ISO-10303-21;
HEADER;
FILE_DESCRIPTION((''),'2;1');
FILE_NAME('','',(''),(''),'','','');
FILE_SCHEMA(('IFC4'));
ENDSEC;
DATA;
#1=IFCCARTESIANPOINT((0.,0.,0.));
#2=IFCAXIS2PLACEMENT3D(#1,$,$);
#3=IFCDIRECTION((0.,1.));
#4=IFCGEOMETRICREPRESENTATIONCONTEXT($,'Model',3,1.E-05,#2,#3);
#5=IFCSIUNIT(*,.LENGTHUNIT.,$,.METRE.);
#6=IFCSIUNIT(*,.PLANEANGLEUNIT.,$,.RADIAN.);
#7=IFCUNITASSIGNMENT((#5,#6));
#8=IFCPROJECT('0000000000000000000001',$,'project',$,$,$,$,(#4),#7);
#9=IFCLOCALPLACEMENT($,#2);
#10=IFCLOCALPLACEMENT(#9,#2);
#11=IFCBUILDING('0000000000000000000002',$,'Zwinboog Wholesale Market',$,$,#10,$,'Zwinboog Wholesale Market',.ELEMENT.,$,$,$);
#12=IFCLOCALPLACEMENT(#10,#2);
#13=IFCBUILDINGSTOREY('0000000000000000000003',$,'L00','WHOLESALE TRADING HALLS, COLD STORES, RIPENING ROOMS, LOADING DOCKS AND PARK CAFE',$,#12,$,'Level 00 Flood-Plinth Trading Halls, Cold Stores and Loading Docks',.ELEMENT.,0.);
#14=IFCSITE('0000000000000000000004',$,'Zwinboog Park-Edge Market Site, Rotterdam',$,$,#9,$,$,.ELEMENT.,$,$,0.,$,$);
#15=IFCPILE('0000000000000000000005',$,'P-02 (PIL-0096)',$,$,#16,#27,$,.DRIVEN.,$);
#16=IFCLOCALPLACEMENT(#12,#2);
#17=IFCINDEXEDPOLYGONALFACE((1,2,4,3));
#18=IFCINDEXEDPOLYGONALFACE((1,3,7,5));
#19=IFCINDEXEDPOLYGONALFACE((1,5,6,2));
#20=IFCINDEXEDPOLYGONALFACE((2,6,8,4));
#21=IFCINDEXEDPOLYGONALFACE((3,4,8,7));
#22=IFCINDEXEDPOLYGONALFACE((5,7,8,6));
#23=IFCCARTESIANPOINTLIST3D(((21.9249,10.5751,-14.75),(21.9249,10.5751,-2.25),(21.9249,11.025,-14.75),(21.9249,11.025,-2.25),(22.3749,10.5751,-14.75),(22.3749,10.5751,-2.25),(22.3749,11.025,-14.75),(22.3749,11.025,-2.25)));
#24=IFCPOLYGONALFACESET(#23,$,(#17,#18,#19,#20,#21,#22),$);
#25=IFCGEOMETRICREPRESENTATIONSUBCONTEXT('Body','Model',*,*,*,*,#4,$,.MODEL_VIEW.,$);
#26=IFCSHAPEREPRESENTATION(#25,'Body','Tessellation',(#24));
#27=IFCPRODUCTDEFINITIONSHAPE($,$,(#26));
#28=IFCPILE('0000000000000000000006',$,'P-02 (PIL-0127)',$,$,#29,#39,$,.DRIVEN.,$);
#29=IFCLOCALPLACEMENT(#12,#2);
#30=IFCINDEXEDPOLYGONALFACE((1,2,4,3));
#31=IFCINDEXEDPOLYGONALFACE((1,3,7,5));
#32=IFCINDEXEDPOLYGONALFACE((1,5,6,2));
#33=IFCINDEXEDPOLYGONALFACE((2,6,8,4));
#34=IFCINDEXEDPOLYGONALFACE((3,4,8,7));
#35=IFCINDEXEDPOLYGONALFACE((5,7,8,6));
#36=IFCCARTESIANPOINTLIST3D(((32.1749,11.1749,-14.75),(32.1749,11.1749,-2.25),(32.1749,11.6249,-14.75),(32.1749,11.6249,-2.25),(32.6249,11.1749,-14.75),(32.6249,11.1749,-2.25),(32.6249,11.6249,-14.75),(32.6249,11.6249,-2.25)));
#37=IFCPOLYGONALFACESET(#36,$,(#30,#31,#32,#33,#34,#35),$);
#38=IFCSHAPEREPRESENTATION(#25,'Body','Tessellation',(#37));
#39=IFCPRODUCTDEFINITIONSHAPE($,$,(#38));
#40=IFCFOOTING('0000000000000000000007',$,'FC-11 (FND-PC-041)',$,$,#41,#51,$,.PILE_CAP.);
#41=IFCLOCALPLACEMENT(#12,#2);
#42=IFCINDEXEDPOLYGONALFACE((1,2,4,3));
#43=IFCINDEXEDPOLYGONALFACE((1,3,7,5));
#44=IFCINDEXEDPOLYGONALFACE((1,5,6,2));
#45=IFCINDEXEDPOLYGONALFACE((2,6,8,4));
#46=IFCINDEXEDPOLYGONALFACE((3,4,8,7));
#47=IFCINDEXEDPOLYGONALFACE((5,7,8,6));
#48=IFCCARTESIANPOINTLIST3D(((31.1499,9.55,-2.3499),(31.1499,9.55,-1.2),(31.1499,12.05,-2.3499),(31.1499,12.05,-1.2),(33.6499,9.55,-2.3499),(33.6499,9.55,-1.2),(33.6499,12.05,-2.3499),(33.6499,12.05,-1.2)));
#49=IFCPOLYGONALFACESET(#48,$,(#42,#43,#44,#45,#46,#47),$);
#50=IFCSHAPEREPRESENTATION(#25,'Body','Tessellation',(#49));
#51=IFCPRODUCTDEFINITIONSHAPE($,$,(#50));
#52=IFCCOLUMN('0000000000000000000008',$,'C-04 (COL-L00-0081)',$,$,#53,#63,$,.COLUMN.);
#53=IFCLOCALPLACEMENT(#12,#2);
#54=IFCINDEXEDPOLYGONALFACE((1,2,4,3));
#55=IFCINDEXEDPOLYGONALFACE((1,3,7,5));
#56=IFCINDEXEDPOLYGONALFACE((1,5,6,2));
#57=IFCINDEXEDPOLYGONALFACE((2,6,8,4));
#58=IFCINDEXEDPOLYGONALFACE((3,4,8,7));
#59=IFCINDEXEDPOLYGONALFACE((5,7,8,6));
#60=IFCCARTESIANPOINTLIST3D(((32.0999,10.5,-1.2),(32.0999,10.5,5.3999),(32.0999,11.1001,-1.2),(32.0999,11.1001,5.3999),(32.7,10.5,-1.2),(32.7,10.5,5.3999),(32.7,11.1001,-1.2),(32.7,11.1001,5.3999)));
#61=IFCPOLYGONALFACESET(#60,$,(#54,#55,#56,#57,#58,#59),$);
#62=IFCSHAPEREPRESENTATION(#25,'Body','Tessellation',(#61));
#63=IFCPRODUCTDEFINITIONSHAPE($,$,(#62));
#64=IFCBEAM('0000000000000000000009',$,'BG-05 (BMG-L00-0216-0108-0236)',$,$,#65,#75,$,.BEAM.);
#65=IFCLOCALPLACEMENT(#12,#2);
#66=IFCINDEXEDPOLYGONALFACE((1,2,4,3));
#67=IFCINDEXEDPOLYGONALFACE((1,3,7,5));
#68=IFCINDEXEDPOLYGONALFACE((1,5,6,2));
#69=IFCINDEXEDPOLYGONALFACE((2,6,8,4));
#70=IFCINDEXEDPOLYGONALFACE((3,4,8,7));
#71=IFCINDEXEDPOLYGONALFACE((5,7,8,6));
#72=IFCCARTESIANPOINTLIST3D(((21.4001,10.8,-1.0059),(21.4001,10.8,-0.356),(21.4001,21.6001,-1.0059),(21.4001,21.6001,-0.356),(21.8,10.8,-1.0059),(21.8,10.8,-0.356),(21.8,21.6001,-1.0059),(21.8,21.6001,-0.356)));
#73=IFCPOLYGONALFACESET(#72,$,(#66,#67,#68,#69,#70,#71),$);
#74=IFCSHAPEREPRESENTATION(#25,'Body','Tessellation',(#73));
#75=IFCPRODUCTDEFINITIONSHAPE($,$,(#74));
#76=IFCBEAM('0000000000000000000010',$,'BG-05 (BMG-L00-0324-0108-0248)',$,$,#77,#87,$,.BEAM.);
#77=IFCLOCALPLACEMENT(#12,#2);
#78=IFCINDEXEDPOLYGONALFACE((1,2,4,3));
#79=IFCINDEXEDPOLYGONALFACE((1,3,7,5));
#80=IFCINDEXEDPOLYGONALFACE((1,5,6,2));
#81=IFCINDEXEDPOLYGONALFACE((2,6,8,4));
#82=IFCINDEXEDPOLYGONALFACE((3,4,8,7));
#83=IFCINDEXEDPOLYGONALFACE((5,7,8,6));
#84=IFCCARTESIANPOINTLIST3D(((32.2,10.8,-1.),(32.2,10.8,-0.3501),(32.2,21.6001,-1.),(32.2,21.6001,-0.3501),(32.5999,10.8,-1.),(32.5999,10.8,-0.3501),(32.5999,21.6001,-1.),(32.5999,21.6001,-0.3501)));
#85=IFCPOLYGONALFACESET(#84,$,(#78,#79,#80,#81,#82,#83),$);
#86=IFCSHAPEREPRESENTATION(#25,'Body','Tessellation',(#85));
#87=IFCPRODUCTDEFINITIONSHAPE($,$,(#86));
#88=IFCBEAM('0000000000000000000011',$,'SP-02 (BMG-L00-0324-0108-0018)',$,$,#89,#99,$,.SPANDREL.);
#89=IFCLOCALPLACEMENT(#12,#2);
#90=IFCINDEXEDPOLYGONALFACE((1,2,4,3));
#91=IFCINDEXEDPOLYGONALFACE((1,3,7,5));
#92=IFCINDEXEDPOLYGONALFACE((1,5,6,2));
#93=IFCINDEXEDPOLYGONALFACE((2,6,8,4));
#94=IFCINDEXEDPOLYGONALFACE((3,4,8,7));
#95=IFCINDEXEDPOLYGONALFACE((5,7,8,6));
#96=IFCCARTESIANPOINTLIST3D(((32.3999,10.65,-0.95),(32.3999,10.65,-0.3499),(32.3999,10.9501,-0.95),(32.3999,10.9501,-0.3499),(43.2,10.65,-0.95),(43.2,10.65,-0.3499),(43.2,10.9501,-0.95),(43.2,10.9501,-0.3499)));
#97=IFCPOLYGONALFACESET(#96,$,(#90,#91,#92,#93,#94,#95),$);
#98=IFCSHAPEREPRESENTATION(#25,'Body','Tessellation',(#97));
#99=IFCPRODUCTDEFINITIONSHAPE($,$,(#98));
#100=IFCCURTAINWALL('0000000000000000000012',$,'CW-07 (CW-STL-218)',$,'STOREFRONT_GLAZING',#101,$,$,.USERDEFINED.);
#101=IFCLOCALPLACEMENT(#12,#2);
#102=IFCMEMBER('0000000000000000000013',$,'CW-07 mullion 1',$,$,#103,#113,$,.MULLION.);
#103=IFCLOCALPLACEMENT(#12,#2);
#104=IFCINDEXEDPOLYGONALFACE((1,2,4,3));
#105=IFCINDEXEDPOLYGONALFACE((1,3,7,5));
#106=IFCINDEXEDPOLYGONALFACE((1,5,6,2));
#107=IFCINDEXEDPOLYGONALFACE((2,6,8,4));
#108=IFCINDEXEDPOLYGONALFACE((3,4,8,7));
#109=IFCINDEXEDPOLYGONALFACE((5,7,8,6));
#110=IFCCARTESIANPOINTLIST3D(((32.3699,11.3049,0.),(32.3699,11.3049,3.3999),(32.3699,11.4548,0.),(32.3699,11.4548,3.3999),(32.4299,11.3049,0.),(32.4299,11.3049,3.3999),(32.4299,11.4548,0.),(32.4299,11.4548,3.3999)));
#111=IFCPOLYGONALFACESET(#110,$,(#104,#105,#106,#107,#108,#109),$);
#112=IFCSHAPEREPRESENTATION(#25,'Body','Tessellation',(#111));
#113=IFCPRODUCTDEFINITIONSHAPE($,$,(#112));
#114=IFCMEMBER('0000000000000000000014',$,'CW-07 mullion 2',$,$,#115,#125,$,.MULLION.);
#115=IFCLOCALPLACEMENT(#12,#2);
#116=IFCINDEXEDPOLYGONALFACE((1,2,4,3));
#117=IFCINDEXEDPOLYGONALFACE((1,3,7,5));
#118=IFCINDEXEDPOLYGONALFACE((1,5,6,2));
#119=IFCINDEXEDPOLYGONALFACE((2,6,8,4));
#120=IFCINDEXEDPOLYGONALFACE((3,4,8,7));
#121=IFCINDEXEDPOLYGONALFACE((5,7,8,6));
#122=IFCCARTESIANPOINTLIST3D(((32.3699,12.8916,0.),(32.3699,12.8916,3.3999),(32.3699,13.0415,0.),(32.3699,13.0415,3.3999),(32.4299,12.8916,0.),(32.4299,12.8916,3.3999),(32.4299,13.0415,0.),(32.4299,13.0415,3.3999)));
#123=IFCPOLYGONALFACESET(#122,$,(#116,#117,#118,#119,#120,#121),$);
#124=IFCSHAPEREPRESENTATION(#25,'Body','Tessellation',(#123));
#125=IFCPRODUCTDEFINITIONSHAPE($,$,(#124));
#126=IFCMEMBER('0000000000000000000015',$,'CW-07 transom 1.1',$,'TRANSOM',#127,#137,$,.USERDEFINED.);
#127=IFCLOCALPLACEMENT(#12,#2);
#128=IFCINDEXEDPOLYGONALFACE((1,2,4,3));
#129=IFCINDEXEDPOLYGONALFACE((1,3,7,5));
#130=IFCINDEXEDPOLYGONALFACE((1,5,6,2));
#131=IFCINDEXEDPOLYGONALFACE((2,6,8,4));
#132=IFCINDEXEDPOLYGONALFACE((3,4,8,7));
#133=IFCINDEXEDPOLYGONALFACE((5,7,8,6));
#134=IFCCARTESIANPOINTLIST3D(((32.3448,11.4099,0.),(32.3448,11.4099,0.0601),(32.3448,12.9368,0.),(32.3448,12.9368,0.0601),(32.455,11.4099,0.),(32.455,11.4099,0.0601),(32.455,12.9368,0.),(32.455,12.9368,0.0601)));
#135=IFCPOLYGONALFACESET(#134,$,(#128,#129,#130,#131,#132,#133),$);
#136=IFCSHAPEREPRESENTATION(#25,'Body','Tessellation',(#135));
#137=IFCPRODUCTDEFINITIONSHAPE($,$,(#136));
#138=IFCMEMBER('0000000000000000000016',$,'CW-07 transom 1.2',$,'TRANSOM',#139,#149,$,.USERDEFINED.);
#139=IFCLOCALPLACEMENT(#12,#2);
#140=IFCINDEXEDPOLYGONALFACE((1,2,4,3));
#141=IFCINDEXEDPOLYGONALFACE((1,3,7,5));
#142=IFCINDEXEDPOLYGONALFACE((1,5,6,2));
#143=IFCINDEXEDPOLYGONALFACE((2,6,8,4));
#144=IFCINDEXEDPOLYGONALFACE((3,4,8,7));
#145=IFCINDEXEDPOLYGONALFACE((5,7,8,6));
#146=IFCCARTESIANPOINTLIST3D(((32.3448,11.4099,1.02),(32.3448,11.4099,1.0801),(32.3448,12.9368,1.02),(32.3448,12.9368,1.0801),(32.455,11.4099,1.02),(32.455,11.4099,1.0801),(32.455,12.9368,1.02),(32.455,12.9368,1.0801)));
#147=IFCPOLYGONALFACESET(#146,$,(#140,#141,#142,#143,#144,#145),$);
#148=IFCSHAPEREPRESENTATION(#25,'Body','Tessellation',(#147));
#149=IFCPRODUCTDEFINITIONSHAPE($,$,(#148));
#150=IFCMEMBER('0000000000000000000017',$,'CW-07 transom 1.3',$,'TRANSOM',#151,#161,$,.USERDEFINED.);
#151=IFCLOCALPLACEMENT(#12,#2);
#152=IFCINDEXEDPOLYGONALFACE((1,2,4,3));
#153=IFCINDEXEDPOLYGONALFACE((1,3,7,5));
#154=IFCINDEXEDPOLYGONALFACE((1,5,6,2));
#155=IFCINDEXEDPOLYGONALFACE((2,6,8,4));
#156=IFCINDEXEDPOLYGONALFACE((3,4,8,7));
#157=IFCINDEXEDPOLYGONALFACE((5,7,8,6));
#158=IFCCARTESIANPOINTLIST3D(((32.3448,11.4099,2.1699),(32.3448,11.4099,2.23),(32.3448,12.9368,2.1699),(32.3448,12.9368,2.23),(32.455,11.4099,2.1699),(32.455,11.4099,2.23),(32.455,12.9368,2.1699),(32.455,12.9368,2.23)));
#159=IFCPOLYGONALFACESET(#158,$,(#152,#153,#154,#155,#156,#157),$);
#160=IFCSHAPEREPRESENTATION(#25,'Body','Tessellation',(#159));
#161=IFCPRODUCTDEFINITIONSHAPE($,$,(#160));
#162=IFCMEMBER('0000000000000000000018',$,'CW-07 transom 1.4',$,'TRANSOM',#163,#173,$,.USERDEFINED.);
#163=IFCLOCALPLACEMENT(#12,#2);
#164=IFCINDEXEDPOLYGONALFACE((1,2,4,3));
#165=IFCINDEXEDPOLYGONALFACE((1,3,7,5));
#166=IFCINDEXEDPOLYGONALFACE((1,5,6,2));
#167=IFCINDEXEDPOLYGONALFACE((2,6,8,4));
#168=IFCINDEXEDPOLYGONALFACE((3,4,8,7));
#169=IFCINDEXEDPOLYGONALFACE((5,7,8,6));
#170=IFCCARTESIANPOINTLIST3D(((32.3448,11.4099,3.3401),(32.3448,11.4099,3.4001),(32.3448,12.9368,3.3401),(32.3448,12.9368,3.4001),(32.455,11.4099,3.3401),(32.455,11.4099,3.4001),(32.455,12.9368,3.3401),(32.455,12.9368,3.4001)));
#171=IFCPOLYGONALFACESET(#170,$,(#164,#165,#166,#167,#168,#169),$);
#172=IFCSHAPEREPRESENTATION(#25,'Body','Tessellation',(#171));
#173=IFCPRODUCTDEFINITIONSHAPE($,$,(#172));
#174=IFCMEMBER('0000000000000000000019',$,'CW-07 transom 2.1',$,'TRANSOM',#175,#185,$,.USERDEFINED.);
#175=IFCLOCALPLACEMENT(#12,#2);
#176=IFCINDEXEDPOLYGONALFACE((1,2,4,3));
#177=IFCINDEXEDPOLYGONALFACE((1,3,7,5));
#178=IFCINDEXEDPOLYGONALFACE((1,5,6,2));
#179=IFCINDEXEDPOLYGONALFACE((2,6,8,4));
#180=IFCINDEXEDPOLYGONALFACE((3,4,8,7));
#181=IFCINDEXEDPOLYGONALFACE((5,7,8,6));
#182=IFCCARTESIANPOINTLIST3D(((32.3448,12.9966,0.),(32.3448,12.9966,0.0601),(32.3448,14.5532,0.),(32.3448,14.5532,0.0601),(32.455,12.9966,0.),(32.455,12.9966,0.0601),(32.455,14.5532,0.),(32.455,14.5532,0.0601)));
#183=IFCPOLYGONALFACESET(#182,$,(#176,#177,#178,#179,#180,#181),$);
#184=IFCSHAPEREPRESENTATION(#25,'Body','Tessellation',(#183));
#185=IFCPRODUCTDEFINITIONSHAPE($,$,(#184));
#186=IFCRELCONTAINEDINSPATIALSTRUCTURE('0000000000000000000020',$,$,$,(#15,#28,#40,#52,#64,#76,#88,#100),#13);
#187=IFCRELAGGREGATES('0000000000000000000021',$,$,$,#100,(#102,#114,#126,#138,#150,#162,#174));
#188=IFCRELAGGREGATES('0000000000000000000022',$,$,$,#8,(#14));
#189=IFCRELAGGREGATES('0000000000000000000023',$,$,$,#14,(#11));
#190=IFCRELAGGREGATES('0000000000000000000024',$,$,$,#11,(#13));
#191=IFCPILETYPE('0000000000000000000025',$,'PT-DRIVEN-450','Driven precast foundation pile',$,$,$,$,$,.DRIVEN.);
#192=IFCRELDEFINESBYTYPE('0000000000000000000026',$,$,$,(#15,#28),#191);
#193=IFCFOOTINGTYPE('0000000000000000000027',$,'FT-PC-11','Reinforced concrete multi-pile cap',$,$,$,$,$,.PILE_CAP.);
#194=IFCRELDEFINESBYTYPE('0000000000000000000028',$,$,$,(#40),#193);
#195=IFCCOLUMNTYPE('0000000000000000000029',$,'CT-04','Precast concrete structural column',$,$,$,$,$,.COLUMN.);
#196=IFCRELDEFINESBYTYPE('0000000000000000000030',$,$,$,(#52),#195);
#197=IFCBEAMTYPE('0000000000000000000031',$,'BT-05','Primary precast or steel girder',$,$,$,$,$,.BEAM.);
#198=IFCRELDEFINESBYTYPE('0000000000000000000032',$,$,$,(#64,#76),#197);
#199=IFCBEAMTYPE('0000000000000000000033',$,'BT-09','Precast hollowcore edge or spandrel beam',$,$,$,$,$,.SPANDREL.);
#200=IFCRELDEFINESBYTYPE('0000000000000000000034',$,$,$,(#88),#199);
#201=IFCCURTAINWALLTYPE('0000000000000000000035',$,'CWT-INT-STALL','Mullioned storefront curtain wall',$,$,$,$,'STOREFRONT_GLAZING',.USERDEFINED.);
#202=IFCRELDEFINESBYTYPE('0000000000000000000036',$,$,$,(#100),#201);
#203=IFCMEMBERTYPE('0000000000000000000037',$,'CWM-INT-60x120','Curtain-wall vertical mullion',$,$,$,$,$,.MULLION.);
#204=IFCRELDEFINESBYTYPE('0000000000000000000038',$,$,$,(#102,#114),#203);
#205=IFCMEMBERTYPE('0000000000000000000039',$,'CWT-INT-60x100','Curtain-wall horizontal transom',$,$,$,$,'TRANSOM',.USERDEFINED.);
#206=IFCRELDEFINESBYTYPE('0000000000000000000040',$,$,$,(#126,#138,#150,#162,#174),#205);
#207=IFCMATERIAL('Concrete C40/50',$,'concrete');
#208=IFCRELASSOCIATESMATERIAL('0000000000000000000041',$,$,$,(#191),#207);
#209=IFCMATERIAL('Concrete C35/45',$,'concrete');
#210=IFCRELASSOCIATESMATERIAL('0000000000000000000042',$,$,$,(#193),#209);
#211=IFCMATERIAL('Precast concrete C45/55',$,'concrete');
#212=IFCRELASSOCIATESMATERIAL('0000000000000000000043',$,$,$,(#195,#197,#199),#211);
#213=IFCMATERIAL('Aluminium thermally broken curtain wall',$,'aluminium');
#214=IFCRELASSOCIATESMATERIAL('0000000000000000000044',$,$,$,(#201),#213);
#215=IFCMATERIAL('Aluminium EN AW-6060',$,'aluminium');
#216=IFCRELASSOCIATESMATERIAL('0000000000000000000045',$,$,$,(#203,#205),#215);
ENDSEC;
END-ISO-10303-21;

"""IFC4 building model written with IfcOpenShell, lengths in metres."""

from ifc_helpers import new_model, si_unit, direction, frame, origin, origin_2d, place, context, subcontext, project, spatial, rectangle, extrude, material, material_profile, profile_set, type_object, element, aggregate, save


model = new_model("IFC4")

# Units and contexts
model_context = context("Model", 3, precision=1e-05, world=origin(), true_north=direction((0.0, 1.0)))
body_context = subcontext(model_context, "Body", "Model", "MODEL_VIEW")
ifc_project = project(units=[si_unit("LENGTHUNIT", "METRE"), si_unit("PLANEANGLEUNIT", "RADIAN")], contexts=[model_context])

# Site, building, storey
site_placement = place(None, origin())
site = spatial("IfcSite", under=ifc_project, at=site_placement, Name="Zwinboog Park-Edge Market Site, Rotterdam", CompositionType="ELEMENT", RefElevation=0.0)
building_placement = place(site_placement, origin())
building = spatial("IfcBuilding", under=site, at=building_placement, Name="Zwinboog Wholesale Market", LongName="Zwinboog Wholesale Market", CompositionType="ELEMENT")
storey_placement = place(building_placement, origin())
storey = spatial("IfcBuildingStorey", under=building, at=storey_placement, Name="L00", Description="WHOLESALE TRADING HALLS, COLD STORES, RIPENING ROOMS, LOADING DOCKS AND PARK CAFE", LongName="Level 00 Flood-Plinth Trading Halls, Cold Stores and Loading Docks", CompositionType="ELEMENT", Elevation=0.0)

# Piles
ifc_material_1 = material(Name="Concrete C40/50", Category="concrete")
ifc_material_profile_1 = material_profile(ifc_material_1, rectangle(XDim=0.45, YDim=0.45, at=origin_2d()), Name="PILE SQ450")
ifc_profile_set_1 = profile_set([ifc_material_profile_1], Name="Concrete C40/50")
pile_type = type_object("IfcPileType", Name="PT-DRIVEN-450", Description="Driven precast foundation pile", PredefinedType="DRIVEN", material=ifc_profile_set_1)
for number, where, z_axis, x_axis, name in (
    (1, (22.1499, 10.8, -2.25), (0.0, 0.0, -1.0), (1.0, 0.0, 0.0), "P-02 (PIL-0096)"),
    (2, (32.3999, 11.3999, -2.25), (0.0, 0.0, -1.0), (1.0, 0.0, 0.0), "P-02 (PIL-0127)"),
):
    element("IfcPile", number, at=place(storey_placement, frame(where, z_axis=z_axis, x_axis=x_axis)), inside=storey, type_object=pile_type, Name=name, PredefinedType="DRIVEN", context=body_context, shape_type="SweptSolid", body=[
        extrude(rectangle(XDim=0.45, YDim=0.45, at=origin_2d()), origin(), (0.0, 0.0, 1.0), 12.5),
    ])

# Footing
ifc_material_2 = material(Name="Concrete C35/45", Category="concrete")
footing_type = type_object("IfcFootingType", Name="FT-PC-11", Description="Reinforced concrete multi-pile cap", PredefinedType="PILE_CAP", material=ifc_material_2)
footing_placement = place(storey_placement, frame((32.3999, 10.8, -2.3499), z_axis=(0.0, 0.0, 1.0), x_axis=(1.0, 0.0, 0.0)))
element("IfcFooting", 3, at=footing_placement, inside=storey, type_object=footing_type, Name="FC-11 (FND-PC-041)", PredefinedType="PILE_CAP", context=body_context, shape_type="SweptSolid", body=[
    extrude(rectangle(XDim=2.5, YDim=2.5, at=origin_2d()), origin(), (0.0, 0.0, 1.0), 1.1499),
])

# Column
ifc_material_3 = material(Name="Precast concrete C45/55", Category="concrete")
ifc_material_profile_2 = material_profile(ifc_material_3, rectangle(XDim=0.6001, YDim=0.6001, at=origin_2d()), Name="PC 600x600")
ifc_profile_set_2 = profile_set([ifc_material_profile_2], Name="Precast concrete C45/55")
column_type = type_object("IfcColumnType", Name="CT-04", Description="Precast concrete structural column", PredefinedType="COLUMN", material=ifc_profile_set_2)
column_placement = place(storey_placement, frame((32.3999, 10.8, -1.2), z_axis=(0.0, 0.0, 1.0), x_axis=(1.0, 0.0, 0.0)))
element("IfcColumn", 4, at=column_placement, inside=storey, type_object=column_type, Name="C-04 (COL-L00-0081)", PredefinedType="COLUMN", context=body_context, shape_type="SweptSolid", body=[
    extrude(rectangle(XDim=0.6001, YDim=0.6001, at=origin_2d()), origin(), (0.0, 0.0, 1.0), 6.5999),
])

# Beams
ifc_material_profile_3 = material_profile(ifc_material_3, rectangle(XDim=0.3999, YDim=0.6499, at=origin_2d()), Name="PC 400x650")
ifc_profile_set_3 = profile_set([ifc_material_profile_3], Name="Precast concrete C45/55")
beam_type_1 = type_object("IfcBeamType", Name="BT-05", Description="Primary precast or steel girder", PredefinedType="BEAM", material=ifc_profile_set_3)
for number, where, z_axis, x_axis, name in (
    (5, (21.6001, 10.8, -0.6809), (0.0, 1.0, 0.0), (-1.0, 0.0, 0.0), "BG-05 (BMG-L00-0216-0108-0236)"),
    (6, (32.3999, 10.8, -0.675), (0.0, 1.0, 0.0), (-1.0, 0.0, 0.0), "BG-05 (BMG-L00-0324-0108-0248)"),
):
    element("IfcBeam", number, at=place(storey_placement, frame(where, z_axis=z_axis, x_axis=x_axis)), inside=storey, type_object=beam_type_1, Name=name, PredefinedType="BEAM", context=body_context, shape_type="SweptSolid", body=[
        extrude(rectangle(XDim=0.3999, YDim=0.6499, at=origin_2d()), origin(), (0.0, 0.0, 1.0), 10.8),
    ])
ifc_material_profile_4 = material_profile(ifc_material_3, rectangle(XDim=0.3, YDim=0.6001, at=origin_2d()), Name="PC 300x600")
ifc_profile_set_4 = profile_set([ifc_material_profile_4], Name="Precast concrete C45/55")
beam_type_2 = type_object("IfcBeamType", Name="BT-09", Description="Precast hollowcore edge or spandrel beam", PredefinedType="SPANDREL", material=ifc_profile_set_4)
beam_placement = place(storey_placement, frame((32.3999, 10.8, -0.6499), z_axis=(1.0, 0.0, 0.0), x_axis=(0.0, 1.0, 0.0)))
element("IfcBeam", 7, at=beam_placement, inside=storey, type_object=beam_type_2, Name="SP-02 (BMG-L00-0324-0108-0018)", PredefinedType="SPANDREL", context=body_context, shape_type="SweptSolid", body=[
    extrude(rectangle(XDim=0.3, YDim=0.6001, at=origin_2d()), origin(), (0.0, 0.0, 1.0), 10.8),
])

# Curtain wall, members
ifc_material_4 = material(Name="Aluminium thermally broken curtain wall", Category="aluminium")
curtain_wall_type = type_object("IfcCurtainWallType", Name="CWT-INT-STALL", Description="Mullioned storefront curtain wall", ElementType="STOREFRONT_GLAZING", PredefinedType="USERDEFINED", material=ifc_material_4)
curtain_wall_placement = place(storey_placement, origin())
curtain_wall = element("IfcCurtainWall", 8, at=curtain_wall_placement, inside=storey, type_object=curtain_wall_type, Name="CW-07 (CW-STL-218)", ObjectType="STOREFRONT_GLAZING", PredefinedType="USERDEFINED")
ifc_material_5 = material(Name="Aluminium EN AW-6060", Category="aluminium")
ifc_material_profile_5 = material_profile(ifc_material_5, rectangle(XDim=0.0601, YDim=0.1499, at=origin_2d()), Name="AL 60x150")
ifc_profile_set_5 = profile_set([ifc_material_profile_5], Name="Aluminium EN AW-6060")
member_type_1 = type_object("IfcMemberType", Name="CWM-INT-60x120", Description="Curtain-wall vertical mullion", PredefinedType="MULLION", material=ifc_profile_set_5)
member_1_placement = place(storey_placement, frame((32.3999, 11.3799, 0.0), z_axis=(0.0, 0.0, 1.0), x_axis=(-1.0, 0.0, 0.0)))
member_1 = element("IfcMember", 9, at=member_1_placement, type_object=member_type_1, Name="CW-07 mullion 1", PredefinedType="MULLION", context=body_context, shape_type="SweptSolid", body=[
    extrude(rectangle(XDim=0.0601, YDim=0.1499, at=origin_2d()), origin(), (0.0, 0.0, 1.0), 3.3999),
])
member_2_placement = place(storey_placement, frame((32.3999, 12.9666, 0.0), z_axis=(0.0, 0.0, 1.0), x_axis=(-1.0, 0.0, 0.0)))
member_2 = element("IfcMember", 10, at=member_2_placement, type_object=member_type_1, Name="CW-07 mullion 2", PredefinedType="MULLION", context=body_context, shape_type="SweptSolid", body=[
    extrude(rectangle(XDim=0.0601, YDim=0.1499, at=origin_2d()), origin(), (0.0, 0.0, 1.0), 3.3999),
])
ifc_material_profile_6 = material_profile(ifc_material_5, rectangle(XDim=0.1101, YDim=0.0601, at=origin_2d()), Name="AL 60x110")
ifc_profile_set_6 = profile_set([ifc_material_profile_6], Name="Aluminium EN AW-6060")
member_type_2 = type_object("IfcMemberType", Name="CWT-INT-60x100", Description="Curtain-wall horizontal transom", ElementType="TRANSOM", PredefinedType="USERDEFINED", material=ifc_profile_set_6)
member_3_placement = place(storey_placement, frame((32.3999, 11.4099, 0.03), z_axis=(0.0, 1.0, 0.0), x_axis=(-1.0, 0.0, 0.0)))
member_3 = element("IfcMember", 11, at=member_3_placement, type_object=member_type_2, Name="CW-07 transom 1.1", ObjectType="TRANSOM", PredefinedType="USERDEFINED", context=body_context, shape_type="SweptSolid", body=[
    extrude(rectangle(XDim=0.1101, YDim=0.0601, at=origin_2d()), origin(), (0.0, 0.0, 1.0), 1.5269),
])
member_4_placement = place(storey_placement, frame((32.3999, 11.4099, 1.05), z_axis=(0.0, 1.0, 0.0), x_axis=(-1.0, 0.0, 0.0)))
member_4 = element("IfcMember", 12, at=member_4_placement, type_object=member_type_2, Name="CW-07 transom 1.2", ObjectType="TRANSOM", PredefinedType="USERDEFINED", context=body_context, shape_type="SweptSolid", body=[
    extrude(rectangle(XDim=0.1101, YDim=0.0601, at=origin_2d()), origin(), (0.0, 0.0, 1.0), 1.5269),
])
member_5_placement = place(storey_placement, frame((32.3999, 11.4099, 2.2), z_axis=(0.0, 1.0, 0.0), x_axis=(-1.0, 0.0, 0.0)))
member_5 = element("IfcMember", 13, at=member_5_placement, type_object=member_type_2, Name="CW-07 transom 1.3", ObjectType="TRANSOM", PredefinedType="USERDEFINED", context=body_context, shape_type="SweptSolid", body=[
    extrude(rectangle(XDim=0.1101, YDim=0.0601, at=origin_2d()), origin(), (0.0, 0.0, 1.0), 1.5269),
])
member_6_placement = place(storey_placement, frame((32.3999, 11.4099, 3.3701), z_axis=(0.0, 1.0, 0.0), x_axis=(-1.0, 0.0, 0.0)))
member_6 = element("IfcMember", 14, at=member_6_placement, type_object=member_type_2, Name="CW-07 transom 1.4", ObjectType="TRANSOM", PredefinedType="USERDEFINED", context=body_context, shape_type="SweptSolid", body=[
    extrude(rectangle(XDim=0.1101, YDim=0.0601, at=origin_2d()), origin(), (0.0, 0.0, 1.0), 1.5269),
])
member_7_placement = place(storey_placement, frame((32.3999, 12.9966, 0.03), z_axis=(0.0, 1.0, 0.0), x_axis=(-1.0, 0.0, 0.0)))
member_7 = element("IfcMember", 15, at=member_7_placement, type_object=member_type_2, Name="CW-07 transom 2.1", ObjectType="TRANSOM", PredefinedType="USERDEFINED", context=body_context, shape_type="SweptSolid", body=[
    extrude(rectangle(XDim=0.1101, YDim=0.0601, at=origin_2d()), origin(), (0.0, 0.0, 1.0), 1.5566),
])
aggregate(curtain_wall, [member_1, member_2, member_3, member_4, member_5, member_6, member_7])

save(model, "model.ifc")
